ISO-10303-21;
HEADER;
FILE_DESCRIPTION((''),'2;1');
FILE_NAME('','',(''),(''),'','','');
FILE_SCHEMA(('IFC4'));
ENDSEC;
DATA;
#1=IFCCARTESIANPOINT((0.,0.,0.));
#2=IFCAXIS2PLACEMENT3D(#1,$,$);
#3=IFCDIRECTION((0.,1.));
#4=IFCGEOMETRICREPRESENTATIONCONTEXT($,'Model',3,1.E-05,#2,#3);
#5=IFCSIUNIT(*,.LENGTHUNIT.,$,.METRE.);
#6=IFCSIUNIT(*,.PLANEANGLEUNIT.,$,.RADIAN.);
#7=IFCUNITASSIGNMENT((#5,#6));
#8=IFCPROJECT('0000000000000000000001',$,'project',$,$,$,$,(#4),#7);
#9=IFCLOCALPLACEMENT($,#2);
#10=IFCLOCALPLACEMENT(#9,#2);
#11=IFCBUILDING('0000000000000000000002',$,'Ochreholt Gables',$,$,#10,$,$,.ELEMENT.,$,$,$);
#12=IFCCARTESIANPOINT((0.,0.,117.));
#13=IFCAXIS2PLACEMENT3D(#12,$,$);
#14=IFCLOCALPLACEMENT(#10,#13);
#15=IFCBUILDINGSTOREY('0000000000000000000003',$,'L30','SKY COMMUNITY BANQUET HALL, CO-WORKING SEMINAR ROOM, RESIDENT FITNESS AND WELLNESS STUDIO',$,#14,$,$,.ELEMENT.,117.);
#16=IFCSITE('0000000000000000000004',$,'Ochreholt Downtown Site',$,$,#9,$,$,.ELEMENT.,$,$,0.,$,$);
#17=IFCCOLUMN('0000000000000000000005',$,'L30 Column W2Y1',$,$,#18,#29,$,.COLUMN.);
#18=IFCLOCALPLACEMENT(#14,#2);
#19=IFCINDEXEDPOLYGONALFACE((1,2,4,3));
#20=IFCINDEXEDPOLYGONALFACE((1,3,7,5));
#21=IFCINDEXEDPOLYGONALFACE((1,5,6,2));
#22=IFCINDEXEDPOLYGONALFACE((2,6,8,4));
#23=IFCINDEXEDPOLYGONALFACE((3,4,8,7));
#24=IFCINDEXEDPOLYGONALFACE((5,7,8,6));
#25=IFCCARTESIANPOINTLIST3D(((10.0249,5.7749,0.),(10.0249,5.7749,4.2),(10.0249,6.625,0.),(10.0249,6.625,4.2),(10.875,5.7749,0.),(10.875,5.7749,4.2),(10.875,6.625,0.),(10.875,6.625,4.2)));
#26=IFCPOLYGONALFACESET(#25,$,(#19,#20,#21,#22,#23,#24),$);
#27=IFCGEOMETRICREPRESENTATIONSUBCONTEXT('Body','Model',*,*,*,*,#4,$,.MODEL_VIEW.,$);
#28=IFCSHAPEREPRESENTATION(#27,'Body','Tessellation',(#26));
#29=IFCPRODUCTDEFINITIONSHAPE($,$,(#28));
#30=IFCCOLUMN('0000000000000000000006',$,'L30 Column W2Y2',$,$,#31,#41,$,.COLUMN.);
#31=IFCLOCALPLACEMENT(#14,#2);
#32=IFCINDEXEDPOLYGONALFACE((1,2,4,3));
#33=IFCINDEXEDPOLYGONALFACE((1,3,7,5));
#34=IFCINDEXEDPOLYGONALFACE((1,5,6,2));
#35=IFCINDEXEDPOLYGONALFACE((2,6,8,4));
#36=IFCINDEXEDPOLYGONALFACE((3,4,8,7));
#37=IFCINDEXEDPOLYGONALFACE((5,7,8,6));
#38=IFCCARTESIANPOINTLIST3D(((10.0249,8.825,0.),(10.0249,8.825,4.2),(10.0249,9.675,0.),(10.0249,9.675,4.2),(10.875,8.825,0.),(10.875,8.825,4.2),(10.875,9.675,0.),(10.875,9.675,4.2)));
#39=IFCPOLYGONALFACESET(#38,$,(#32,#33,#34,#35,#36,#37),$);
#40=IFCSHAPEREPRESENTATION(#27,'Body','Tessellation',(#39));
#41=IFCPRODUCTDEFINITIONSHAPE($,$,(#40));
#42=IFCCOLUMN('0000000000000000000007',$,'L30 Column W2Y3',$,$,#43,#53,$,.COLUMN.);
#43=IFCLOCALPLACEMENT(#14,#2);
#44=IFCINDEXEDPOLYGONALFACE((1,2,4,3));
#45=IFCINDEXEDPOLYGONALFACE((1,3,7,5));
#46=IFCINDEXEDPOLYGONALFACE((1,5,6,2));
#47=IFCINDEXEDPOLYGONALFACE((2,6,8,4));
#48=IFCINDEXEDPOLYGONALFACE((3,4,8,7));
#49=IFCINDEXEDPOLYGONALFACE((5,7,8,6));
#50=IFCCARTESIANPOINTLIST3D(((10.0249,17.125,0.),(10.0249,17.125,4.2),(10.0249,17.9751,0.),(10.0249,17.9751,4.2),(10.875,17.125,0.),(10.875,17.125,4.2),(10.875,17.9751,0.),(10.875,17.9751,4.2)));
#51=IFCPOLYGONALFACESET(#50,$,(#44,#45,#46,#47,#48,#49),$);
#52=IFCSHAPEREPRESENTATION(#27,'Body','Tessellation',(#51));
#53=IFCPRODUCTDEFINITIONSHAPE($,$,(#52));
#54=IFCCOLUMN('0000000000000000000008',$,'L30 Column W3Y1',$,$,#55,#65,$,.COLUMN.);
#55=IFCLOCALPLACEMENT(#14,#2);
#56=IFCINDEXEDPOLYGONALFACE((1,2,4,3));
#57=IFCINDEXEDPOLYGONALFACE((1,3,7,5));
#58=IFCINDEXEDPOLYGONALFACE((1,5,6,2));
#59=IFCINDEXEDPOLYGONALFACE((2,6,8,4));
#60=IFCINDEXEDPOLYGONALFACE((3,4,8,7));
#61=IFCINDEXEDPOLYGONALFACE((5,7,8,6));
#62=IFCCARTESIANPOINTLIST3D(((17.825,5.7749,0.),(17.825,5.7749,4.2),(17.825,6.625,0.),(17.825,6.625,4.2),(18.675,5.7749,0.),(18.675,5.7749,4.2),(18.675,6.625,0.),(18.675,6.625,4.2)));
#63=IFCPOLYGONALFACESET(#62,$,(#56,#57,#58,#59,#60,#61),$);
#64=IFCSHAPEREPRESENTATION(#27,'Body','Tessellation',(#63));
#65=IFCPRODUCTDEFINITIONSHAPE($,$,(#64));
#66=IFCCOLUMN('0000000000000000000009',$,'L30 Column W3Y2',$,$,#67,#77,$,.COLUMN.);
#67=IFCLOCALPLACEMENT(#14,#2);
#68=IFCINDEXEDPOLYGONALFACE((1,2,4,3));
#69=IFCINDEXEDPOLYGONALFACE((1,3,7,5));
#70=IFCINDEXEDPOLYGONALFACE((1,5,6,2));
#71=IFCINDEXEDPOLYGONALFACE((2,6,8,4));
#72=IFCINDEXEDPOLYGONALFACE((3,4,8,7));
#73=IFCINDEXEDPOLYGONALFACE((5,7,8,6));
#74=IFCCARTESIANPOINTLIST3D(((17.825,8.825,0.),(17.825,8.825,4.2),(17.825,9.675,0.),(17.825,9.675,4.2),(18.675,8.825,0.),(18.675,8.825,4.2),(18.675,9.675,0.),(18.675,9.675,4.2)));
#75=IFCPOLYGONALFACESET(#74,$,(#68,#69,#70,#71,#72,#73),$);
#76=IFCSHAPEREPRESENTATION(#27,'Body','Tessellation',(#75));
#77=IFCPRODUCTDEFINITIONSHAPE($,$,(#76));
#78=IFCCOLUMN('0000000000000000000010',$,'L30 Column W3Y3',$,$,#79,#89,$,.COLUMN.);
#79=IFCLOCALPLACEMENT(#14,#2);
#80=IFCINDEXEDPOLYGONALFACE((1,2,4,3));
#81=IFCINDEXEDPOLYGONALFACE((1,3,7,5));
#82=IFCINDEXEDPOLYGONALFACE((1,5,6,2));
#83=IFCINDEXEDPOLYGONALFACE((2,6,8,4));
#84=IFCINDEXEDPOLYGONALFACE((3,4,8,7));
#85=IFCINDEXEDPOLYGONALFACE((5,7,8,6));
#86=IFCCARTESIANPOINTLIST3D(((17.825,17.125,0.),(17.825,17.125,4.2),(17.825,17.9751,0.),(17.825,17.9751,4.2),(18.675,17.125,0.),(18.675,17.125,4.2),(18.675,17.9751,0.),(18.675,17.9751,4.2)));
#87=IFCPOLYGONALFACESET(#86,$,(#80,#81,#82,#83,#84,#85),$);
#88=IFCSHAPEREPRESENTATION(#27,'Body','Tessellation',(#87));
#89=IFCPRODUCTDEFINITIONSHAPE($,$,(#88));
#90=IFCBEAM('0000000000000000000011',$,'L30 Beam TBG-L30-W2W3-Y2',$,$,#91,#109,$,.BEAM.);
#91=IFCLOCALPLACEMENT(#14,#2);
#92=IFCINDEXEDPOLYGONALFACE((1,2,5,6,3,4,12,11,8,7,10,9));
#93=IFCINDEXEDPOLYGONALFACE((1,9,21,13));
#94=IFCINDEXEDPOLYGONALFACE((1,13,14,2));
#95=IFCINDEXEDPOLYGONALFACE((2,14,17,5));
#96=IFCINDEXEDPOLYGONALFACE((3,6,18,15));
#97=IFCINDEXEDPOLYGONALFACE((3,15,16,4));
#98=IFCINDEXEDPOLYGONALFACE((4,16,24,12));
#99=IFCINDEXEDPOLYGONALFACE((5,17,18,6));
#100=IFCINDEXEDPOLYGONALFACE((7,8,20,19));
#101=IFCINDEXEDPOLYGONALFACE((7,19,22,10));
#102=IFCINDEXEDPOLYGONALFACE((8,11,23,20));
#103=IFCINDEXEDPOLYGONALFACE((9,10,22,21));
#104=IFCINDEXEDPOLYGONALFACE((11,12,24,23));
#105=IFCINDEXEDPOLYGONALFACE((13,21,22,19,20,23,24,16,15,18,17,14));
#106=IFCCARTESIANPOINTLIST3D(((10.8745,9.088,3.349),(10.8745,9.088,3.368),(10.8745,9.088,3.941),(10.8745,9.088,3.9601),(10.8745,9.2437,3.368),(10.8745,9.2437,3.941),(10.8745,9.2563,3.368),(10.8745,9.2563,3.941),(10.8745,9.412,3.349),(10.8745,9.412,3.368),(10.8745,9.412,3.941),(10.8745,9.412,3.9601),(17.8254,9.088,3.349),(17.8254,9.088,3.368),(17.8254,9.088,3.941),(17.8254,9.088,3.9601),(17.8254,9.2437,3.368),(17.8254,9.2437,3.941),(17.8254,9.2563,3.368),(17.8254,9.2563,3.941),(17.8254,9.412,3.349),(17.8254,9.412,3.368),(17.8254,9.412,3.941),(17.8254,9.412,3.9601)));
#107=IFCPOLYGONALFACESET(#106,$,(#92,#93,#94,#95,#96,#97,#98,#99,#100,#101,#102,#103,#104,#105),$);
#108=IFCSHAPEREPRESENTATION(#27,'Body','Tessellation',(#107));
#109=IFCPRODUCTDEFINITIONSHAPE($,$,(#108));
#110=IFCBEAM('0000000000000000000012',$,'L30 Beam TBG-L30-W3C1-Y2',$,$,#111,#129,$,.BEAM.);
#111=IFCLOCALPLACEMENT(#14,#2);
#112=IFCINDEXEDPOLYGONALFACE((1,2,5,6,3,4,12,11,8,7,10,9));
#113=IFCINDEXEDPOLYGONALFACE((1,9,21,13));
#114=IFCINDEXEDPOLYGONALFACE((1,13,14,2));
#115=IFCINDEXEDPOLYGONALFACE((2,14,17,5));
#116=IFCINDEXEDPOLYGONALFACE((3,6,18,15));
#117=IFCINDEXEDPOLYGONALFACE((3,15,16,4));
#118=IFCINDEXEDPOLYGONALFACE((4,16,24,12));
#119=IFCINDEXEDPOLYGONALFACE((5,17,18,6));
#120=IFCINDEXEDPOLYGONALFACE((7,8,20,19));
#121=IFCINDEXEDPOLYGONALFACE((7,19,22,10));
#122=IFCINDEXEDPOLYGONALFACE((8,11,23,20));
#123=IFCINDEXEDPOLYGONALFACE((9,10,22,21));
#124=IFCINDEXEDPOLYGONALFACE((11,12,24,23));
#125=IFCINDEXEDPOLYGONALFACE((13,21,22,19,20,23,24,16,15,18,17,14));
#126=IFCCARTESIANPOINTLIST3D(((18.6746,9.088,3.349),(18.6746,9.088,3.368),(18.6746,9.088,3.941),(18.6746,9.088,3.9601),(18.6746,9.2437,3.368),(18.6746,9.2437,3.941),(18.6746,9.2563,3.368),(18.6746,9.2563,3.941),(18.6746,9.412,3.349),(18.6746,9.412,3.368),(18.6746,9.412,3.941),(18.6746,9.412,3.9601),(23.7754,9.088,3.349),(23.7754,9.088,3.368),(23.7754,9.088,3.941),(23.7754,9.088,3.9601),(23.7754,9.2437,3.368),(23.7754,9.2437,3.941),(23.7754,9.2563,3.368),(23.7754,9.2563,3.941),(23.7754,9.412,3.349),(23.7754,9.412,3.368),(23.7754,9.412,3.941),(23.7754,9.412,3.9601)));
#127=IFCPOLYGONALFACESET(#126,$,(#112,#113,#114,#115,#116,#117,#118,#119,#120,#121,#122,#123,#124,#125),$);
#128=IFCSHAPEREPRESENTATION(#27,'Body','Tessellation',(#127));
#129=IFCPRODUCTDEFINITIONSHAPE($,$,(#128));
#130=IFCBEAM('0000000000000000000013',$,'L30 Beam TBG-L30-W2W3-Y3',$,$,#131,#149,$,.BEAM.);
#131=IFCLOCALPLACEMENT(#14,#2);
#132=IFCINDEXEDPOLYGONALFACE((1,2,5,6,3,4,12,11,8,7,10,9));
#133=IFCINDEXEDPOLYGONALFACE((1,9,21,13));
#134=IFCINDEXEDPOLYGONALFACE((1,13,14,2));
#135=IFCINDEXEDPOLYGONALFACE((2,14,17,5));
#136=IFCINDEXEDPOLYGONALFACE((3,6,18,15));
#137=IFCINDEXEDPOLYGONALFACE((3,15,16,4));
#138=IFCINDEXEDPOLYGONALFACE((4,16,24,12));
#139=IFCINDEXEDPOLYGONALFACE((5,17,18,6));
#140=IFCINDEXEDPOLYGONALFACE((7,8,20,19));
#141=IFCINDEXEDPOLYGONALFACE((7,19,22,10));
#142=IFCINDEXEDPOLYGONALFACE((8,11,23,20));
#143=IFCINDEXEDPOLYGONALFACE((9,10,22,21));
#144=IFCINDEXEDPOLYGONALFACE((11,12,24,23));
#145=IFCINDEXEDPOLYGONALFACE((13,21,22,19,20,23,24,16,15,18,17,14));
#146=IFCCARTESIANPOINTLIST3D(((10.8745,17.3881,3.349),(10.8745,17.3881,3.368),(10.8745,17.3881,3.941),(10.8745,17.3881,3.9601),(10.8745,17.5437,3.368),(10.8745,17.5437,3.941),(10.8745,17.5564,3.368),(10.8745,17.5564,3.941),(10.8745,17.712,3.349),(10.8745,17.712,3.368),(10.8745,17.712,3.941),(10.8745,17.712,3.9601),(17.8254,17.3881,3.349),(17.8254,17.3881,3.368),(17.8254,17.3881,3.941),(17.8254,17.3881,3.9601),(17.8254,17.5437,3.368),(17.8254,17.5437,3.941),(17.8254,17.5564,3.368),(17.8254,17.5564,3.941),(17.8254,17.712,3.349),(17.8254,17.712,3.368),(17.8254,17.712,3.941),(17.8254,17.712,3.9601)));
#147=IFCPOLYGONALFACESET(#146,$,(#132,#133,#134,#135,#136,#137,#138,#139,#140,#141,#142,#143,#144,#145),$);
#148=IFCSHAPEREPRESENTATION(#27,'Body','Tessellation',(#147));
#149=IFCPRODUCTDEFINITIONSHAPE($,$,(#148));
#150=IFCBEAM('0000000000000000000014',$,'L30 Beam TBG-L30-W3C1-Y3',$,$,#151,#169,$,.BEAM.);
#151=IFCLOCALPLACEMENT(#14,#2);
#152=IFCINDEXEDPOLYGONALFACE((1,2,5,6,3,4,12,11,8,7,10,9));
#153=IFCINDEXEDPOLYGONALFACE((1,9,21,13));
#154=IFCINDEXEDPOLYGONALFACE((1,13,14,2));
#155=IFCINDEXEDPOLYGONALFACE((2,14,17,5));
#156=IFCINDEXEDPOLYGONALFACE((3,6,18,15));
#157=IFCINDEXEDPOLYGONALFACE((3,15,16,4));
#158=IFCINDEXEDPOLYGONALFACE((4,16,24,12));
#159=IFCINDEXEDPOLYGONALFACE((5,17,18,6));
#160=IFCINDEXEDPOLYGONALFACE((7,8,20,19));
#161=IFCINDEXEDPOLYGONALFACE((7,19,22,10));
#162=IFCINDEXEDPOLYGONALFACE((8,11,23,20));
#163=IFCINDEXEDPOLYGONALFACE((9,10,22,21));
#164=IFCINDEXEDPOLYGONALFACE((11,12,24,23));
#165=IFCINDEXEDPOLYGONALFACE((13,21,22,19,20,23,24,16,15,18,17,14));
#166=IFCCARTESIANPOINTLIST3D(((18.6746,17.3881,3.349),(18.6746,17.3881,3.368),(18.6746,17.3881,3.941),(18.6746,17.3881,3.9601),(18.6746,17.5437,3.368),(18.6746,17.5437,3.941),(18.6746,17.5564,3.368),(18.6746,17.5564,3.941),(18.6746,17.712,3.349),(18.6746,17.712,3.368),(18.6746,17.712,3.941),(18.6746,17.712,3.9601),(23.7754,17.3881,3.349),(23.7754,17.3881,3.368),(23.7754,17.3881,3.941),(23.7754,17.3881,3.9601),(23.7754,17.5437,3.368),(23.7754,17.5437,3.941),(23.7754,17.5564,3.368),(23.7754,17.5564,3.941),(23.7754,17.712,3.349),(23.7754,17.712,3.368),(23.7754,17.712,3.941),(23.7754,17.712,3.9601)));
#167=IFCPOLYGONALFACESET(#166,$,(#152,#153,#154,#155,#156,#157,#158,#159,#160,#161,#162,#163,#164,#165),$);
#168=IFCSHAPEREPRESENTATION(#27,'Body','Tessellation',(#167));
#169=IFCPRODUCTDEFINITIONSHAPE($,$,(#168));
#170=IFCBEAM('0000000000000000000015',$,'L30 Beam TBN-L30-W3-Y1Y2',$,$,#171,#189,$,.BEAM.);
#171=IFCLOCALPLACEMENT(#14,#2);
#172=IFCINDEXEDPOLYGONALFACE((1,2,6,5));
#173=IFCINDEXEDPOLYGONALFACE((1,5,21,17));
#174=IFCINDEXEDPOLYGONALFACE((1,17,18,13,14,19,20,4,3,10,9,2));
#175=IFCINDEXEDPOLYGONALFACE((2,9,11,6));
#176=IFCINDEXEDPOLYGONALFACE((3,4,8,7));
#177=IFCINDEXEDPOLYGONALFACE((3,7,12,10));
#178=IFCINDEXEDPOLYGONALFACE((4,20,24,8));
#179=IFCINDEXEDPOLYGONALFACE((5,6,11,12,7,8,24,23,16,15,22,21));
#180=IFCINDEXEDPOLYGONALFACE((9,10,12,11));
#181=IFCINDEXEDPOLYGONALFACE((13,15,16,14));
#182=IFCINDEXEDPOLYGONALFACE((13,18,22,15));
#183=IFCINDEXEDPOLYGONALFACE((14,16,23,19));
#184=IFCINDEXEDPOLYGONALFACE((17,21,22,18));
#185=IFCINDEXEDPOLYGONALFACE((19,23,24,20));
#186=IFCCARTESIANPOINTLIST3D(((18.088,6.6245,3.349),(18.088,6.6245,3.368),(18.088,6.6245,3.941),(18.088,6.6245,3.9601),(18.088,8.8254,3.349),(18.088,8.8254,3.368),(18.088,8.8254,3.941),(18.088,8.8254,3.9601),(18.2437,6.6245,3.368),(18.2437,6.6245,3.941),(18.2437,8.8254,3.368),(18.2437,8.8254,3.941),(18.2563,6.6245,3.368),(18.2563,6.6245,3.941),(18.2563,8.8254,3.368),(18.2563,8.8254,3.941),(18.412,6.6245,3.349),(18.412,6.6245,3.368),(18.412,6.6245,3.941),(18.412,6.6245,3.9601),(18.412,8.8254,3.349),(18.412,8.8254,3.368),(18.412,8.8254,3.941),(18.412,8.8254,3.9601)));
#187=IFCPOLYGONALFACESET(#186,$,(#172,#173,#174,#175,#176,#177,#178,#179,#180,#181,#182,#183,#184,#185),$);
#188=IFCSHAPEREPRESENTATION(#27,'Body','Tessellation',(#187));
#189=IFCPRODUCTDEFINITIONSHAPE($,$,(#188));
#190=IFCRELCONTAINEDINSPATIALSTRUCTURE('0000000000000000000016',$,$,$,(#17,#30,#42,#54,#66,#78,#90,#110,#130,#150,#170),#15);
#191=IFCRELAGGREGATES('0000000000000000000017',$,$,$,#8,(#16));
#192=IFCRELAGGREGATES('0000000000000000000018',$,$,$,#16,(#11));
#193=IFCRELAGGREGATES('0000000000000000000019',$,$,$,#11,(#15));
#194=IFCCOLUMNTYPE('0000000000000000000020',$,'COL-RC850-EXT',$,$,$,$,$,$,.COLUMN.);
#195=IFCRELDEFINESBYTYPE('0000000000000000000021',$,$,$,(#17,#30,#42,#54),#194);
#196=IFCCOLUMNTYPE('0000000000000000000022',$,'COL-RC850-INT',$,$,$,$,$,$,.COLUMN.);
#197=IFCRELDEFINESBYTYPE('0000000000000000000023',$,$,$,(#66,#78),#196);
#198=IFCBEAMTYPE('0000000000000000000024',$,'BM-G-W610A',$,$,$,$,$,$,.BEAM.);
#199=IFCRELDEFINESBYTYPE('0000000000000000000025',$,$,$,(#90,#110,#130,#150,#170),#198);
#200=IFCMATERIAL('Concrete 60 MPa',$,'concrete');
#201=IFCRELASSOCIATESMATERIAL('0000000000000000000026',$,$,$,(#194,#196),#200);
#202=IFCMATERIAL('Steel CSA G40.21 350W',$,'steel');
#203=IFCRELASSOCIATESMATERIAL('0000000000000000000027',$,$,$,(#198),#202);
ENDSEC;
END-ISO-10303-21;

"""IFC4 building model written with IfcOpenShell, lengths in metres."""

from ifc_helpers import new_model, si_unit, direction, frame, origin, origin_2d, place, context, subcontext, project, spatial, rectangle, i_section, extrude, material, material_profile, profile_set, type_object, element, save


model = new_model("IFC4")

# Units and contexts
model_context = context("Model", 3, precision=1e-05, world=origin(), true_north=direction((0.0, 1.0)))
body_context = subcontext(model_context, "Body", "Model", "MODEL_VIEW")
ifc_project = project(units=[si_unit("LENGTHUNIT", "METRE"), si_unit("PLANEANGLEUNIT", "RADIAN")], contexts=[model_context])

# Site, building, storey
site_placement = place(None, origin())
site = spatial("IfcSite", under=ifc_project, at=site_placement, Name="Ochreholt Downtown Site", CompositionType="ELEMENT", RefElevation=0.0)
building_placement = place(site_placement, origin())
building = spatial("IfcBuilding", under=site, at=building_placement, Name="Ochreholt Gables", CompositionType="ELEMENT")
storey_placement = place(building_placement, frame((0.0, 0.0, 117.0)))
storey = spatial("IfcBuildingStorey", under=building, at=storey_placement, Name="L30", Description="SKY COMMUNITY BANQUET HALL, CO-WORKING SEMINAR ROOM, RESIDENT FITNESS AND WELLNESS STUDIO", CompositionType="ELEMENT", Elevation=117.0)

# Columns
ifc_material_1 = material(Name="Concrete 60 MPa", Category="concrete")
ifc_material_profile_1 = material_profile(ifc_material_1, rectangle(XDim=0.8501, YDim=0.8501, at=origin_2d()), Name="RC850X850")
ifc_profile_set_1 = profile_set([ifc_material_profile_1], Name="Concrete 60 MPa")
column_type_1 = type_object("IfcColumnType", Name="COL-RC850-EXT", PredefinedType="COLUMN", material=ifc_profile_set_1)
for number, where, z_axis, x_axis, name in (
    (1, (10.45, 6.2, 0.0), (0.0, 0.0, 1.0), (1.0, 0.0, 0.0), "L30 Column W2Y1"),
    (2, (10.45, 9.25, 0.0), (0.0, 0.0, 1.0), (1.0, 0.0, 0.0), "L30 Column W2Y2"),
    (3, (10.45, 17.55, 0.0), (0.0, 0.0, 1.0), (1.0, 0.0, 0.0), "L30 Column W2Y3"),
    (4, (18.25, 6.2, 0.0), (0.0, 0.0, 1.0), (1.0, 0.0, 0.0), "L30 Column W3Y1"),
):
    element("IfcColumn", number, at=place(storey_placement, frame(where, z_axis=z_axis, x_axis=x_axis)), inside=storey, type_object=column_type_1, Name=name, PredefinedType="COLUMN", context=body_context, shape_type="SweptSolid", body=[
        extrude(rectangle(XDim=0.8501, YDim=0.8501, at=origin_2d()), origin(), (0.0, 0.0, 1.0), 4.2),
    ])
ifc_material_profile_2 = material_profile(ifc_material_1, rectangle(XDim=0.8501, YDim=0.8501, at=origin_2d()), Name="RC850X850")
ifc_profile_set_2 = profile_set([ifc_material_profile_2], Name="Concrete 60 MPa")
column_type_2 = type_object("IfcColumnType", Name="COL-RC850-INT", PredefinedType="COLUMN", material=ifc_profile_set_2)
for number, where, z_axis, x_axis, name in (
    (5, (18.25, 9.25, 0.0), (0.0, 0.0, 1.0), (1.0, 0.0, 0.0), "L30 Column W3Y2"),
    (6, (18.25, 17.55, 0.0), (0.0, 0.0, 1.0), (1.0, 0.0, 0.0), "L30 Column W3Y3"),
):
    element("IfcColumn", number, at=place(storey_placement, frame(where, z_axis=z_axis, x_axis=x_axis)), inside=storey, type_object=column_type_2, Name=name, PredefinedType="COLUMN", context=body_context, shape_type="SweptSolid", body=[
        extrude(rectangle(XDim=0.8501, YDim=0.8501, at=origin_2d()), origin(), (0.0, 0.0, 1.0), 4.2),
    ])

# Beams
ifc_material_2 = material(Name="Steel CSA G40.21 350W", Category="steel")
ifc_material_profile_3 = material_profile(ifc_material_2, i_section(OverallWidth=0.324, OverallDepth=0.6111, WebThickness=0.0127, FlangeThickness=0.019, at=origin_2d()), Name="W610X155")
ifc_profile_set_3 = profile_set([ifc_material_profile_3], Name="Steel CSA G40.21 350W")
beam_type_1 = type_object("IfcBeamType", Name="BM-G-W610A", PredefinedType="BEAM", material=ifc_profile_set_3)
beam_1_placement = place(storey_placement, frame((10.8745, 9.25, 3.6545), z_axis=(1.0, 0.0, 0.0), x_axis=(0.0, 1.0, 0.0)))
element("IfcBeam", 7, at=beam_1_placement, inside=storey, type_object=beam_type_1, Name="L30 Beam TBG-L30-W2W3-Y2", PredefinedType="BEAM", context=body_context, shape_type="SweptSolid", body=[
    extrude(i_section(OverallWidth=0.324, OverallDepth=0.6111, WebThickness=0.0127, FlangeThickness=0.019, at=origin_2d()), origin(), (0.0, 0.0, 1.0), 6.9509),
])
beam_2_placement = place(storey_placement, frame((18.6746, 9.25, 3.6545), z_axis=(1.0, 0.0, 0.0), x_axis=(0.0, 1.0, 0.0)))
element("IfcBeam", 8, at=beam_2_placement, inside=storey, type_object=beam_type_1, Name="L30 Beam TBG-L30-W3C1-Y2", PredefinedType="BEAM", context=body_context, shape_type="SweptSolid", body=[
    extrude(i_section(OverallWidth=0.324, OverallDepth=0.6111, WebThickness=0.0127, FlangeThickness=0.019, at=origin_2d()), origin(), (0.0, 0.0, 1.0), 5.1008),
])
beam_3_placement = place(storey_placement, frame((10.8745, 17.55, 3.6545), z_axis=(1.0, 0.0, 0.0), x_axis=(0.0, 1.0, 0.0)))
element("IfcBeam", 9, at=beam_3_placement, inside=storey, type_object=beam_type_1, Name="L30 Beam TBG-L30-W2W3-Y3", PredefinedType="BEAM", context=body_context, shape_type="SweptSolid", body=[
    extrude(i_section(OverallWidth=0.324, OverallDepth=0.6111, WebThickness=0.0127, FlangeThickness=0.019, at=origin_2d()), origin(), (0.0, 0.0, 1.0), 6.9509),
])
beam_4_placement = place(storey_placement, frame((18.6746, 17.55, 3.6545), z_axis=(1.0, 0.0, 0.0), x_axis=(0.0, 1.0, 0.0)))
element("IfcBeam", 10, at=beam_4_placement, inside=storey, type_object=beam_type_1, Name="L30 Beam TBG-L30-W3C1-Y3", PredefinedType="BEAM", context=body_context, shape_type="SweptSolid", body=[
    extrude(i_section(OverallWidth=0.324, OverallDepth=0.6111, WebThickness=0.0127, FlangeThickness=0.019, at=origin_2d()), origin(), (0.0, 0.0, 1.0), 5.1008),
])
beam_5_placement = place(storey_placement, frame((18.25, 6.6245, 3.6545), z_axis=(0.0, 1.0, 0.0), x_axis=(-1.0, 0.0, 0.0)))
element("IfcBeam", 11, at=beam_5_placement, inside=storey, type_object=beam_type_1, Name="L30 Beam TBN-L30-W3-Y1Y2", PredefinedType="BEAM", context=body_context, shape_type="SweptSolid", body=[
    extrude(i_section(OverallWidth=0.324, OverallDepth=0.6111, WebThickness=0.0127, FlangeThickness=0.019, at=origin_2d()), origin(), (0.0, 0.0, 1.0), 2.2009),
])

save(model, "model.ifc")
